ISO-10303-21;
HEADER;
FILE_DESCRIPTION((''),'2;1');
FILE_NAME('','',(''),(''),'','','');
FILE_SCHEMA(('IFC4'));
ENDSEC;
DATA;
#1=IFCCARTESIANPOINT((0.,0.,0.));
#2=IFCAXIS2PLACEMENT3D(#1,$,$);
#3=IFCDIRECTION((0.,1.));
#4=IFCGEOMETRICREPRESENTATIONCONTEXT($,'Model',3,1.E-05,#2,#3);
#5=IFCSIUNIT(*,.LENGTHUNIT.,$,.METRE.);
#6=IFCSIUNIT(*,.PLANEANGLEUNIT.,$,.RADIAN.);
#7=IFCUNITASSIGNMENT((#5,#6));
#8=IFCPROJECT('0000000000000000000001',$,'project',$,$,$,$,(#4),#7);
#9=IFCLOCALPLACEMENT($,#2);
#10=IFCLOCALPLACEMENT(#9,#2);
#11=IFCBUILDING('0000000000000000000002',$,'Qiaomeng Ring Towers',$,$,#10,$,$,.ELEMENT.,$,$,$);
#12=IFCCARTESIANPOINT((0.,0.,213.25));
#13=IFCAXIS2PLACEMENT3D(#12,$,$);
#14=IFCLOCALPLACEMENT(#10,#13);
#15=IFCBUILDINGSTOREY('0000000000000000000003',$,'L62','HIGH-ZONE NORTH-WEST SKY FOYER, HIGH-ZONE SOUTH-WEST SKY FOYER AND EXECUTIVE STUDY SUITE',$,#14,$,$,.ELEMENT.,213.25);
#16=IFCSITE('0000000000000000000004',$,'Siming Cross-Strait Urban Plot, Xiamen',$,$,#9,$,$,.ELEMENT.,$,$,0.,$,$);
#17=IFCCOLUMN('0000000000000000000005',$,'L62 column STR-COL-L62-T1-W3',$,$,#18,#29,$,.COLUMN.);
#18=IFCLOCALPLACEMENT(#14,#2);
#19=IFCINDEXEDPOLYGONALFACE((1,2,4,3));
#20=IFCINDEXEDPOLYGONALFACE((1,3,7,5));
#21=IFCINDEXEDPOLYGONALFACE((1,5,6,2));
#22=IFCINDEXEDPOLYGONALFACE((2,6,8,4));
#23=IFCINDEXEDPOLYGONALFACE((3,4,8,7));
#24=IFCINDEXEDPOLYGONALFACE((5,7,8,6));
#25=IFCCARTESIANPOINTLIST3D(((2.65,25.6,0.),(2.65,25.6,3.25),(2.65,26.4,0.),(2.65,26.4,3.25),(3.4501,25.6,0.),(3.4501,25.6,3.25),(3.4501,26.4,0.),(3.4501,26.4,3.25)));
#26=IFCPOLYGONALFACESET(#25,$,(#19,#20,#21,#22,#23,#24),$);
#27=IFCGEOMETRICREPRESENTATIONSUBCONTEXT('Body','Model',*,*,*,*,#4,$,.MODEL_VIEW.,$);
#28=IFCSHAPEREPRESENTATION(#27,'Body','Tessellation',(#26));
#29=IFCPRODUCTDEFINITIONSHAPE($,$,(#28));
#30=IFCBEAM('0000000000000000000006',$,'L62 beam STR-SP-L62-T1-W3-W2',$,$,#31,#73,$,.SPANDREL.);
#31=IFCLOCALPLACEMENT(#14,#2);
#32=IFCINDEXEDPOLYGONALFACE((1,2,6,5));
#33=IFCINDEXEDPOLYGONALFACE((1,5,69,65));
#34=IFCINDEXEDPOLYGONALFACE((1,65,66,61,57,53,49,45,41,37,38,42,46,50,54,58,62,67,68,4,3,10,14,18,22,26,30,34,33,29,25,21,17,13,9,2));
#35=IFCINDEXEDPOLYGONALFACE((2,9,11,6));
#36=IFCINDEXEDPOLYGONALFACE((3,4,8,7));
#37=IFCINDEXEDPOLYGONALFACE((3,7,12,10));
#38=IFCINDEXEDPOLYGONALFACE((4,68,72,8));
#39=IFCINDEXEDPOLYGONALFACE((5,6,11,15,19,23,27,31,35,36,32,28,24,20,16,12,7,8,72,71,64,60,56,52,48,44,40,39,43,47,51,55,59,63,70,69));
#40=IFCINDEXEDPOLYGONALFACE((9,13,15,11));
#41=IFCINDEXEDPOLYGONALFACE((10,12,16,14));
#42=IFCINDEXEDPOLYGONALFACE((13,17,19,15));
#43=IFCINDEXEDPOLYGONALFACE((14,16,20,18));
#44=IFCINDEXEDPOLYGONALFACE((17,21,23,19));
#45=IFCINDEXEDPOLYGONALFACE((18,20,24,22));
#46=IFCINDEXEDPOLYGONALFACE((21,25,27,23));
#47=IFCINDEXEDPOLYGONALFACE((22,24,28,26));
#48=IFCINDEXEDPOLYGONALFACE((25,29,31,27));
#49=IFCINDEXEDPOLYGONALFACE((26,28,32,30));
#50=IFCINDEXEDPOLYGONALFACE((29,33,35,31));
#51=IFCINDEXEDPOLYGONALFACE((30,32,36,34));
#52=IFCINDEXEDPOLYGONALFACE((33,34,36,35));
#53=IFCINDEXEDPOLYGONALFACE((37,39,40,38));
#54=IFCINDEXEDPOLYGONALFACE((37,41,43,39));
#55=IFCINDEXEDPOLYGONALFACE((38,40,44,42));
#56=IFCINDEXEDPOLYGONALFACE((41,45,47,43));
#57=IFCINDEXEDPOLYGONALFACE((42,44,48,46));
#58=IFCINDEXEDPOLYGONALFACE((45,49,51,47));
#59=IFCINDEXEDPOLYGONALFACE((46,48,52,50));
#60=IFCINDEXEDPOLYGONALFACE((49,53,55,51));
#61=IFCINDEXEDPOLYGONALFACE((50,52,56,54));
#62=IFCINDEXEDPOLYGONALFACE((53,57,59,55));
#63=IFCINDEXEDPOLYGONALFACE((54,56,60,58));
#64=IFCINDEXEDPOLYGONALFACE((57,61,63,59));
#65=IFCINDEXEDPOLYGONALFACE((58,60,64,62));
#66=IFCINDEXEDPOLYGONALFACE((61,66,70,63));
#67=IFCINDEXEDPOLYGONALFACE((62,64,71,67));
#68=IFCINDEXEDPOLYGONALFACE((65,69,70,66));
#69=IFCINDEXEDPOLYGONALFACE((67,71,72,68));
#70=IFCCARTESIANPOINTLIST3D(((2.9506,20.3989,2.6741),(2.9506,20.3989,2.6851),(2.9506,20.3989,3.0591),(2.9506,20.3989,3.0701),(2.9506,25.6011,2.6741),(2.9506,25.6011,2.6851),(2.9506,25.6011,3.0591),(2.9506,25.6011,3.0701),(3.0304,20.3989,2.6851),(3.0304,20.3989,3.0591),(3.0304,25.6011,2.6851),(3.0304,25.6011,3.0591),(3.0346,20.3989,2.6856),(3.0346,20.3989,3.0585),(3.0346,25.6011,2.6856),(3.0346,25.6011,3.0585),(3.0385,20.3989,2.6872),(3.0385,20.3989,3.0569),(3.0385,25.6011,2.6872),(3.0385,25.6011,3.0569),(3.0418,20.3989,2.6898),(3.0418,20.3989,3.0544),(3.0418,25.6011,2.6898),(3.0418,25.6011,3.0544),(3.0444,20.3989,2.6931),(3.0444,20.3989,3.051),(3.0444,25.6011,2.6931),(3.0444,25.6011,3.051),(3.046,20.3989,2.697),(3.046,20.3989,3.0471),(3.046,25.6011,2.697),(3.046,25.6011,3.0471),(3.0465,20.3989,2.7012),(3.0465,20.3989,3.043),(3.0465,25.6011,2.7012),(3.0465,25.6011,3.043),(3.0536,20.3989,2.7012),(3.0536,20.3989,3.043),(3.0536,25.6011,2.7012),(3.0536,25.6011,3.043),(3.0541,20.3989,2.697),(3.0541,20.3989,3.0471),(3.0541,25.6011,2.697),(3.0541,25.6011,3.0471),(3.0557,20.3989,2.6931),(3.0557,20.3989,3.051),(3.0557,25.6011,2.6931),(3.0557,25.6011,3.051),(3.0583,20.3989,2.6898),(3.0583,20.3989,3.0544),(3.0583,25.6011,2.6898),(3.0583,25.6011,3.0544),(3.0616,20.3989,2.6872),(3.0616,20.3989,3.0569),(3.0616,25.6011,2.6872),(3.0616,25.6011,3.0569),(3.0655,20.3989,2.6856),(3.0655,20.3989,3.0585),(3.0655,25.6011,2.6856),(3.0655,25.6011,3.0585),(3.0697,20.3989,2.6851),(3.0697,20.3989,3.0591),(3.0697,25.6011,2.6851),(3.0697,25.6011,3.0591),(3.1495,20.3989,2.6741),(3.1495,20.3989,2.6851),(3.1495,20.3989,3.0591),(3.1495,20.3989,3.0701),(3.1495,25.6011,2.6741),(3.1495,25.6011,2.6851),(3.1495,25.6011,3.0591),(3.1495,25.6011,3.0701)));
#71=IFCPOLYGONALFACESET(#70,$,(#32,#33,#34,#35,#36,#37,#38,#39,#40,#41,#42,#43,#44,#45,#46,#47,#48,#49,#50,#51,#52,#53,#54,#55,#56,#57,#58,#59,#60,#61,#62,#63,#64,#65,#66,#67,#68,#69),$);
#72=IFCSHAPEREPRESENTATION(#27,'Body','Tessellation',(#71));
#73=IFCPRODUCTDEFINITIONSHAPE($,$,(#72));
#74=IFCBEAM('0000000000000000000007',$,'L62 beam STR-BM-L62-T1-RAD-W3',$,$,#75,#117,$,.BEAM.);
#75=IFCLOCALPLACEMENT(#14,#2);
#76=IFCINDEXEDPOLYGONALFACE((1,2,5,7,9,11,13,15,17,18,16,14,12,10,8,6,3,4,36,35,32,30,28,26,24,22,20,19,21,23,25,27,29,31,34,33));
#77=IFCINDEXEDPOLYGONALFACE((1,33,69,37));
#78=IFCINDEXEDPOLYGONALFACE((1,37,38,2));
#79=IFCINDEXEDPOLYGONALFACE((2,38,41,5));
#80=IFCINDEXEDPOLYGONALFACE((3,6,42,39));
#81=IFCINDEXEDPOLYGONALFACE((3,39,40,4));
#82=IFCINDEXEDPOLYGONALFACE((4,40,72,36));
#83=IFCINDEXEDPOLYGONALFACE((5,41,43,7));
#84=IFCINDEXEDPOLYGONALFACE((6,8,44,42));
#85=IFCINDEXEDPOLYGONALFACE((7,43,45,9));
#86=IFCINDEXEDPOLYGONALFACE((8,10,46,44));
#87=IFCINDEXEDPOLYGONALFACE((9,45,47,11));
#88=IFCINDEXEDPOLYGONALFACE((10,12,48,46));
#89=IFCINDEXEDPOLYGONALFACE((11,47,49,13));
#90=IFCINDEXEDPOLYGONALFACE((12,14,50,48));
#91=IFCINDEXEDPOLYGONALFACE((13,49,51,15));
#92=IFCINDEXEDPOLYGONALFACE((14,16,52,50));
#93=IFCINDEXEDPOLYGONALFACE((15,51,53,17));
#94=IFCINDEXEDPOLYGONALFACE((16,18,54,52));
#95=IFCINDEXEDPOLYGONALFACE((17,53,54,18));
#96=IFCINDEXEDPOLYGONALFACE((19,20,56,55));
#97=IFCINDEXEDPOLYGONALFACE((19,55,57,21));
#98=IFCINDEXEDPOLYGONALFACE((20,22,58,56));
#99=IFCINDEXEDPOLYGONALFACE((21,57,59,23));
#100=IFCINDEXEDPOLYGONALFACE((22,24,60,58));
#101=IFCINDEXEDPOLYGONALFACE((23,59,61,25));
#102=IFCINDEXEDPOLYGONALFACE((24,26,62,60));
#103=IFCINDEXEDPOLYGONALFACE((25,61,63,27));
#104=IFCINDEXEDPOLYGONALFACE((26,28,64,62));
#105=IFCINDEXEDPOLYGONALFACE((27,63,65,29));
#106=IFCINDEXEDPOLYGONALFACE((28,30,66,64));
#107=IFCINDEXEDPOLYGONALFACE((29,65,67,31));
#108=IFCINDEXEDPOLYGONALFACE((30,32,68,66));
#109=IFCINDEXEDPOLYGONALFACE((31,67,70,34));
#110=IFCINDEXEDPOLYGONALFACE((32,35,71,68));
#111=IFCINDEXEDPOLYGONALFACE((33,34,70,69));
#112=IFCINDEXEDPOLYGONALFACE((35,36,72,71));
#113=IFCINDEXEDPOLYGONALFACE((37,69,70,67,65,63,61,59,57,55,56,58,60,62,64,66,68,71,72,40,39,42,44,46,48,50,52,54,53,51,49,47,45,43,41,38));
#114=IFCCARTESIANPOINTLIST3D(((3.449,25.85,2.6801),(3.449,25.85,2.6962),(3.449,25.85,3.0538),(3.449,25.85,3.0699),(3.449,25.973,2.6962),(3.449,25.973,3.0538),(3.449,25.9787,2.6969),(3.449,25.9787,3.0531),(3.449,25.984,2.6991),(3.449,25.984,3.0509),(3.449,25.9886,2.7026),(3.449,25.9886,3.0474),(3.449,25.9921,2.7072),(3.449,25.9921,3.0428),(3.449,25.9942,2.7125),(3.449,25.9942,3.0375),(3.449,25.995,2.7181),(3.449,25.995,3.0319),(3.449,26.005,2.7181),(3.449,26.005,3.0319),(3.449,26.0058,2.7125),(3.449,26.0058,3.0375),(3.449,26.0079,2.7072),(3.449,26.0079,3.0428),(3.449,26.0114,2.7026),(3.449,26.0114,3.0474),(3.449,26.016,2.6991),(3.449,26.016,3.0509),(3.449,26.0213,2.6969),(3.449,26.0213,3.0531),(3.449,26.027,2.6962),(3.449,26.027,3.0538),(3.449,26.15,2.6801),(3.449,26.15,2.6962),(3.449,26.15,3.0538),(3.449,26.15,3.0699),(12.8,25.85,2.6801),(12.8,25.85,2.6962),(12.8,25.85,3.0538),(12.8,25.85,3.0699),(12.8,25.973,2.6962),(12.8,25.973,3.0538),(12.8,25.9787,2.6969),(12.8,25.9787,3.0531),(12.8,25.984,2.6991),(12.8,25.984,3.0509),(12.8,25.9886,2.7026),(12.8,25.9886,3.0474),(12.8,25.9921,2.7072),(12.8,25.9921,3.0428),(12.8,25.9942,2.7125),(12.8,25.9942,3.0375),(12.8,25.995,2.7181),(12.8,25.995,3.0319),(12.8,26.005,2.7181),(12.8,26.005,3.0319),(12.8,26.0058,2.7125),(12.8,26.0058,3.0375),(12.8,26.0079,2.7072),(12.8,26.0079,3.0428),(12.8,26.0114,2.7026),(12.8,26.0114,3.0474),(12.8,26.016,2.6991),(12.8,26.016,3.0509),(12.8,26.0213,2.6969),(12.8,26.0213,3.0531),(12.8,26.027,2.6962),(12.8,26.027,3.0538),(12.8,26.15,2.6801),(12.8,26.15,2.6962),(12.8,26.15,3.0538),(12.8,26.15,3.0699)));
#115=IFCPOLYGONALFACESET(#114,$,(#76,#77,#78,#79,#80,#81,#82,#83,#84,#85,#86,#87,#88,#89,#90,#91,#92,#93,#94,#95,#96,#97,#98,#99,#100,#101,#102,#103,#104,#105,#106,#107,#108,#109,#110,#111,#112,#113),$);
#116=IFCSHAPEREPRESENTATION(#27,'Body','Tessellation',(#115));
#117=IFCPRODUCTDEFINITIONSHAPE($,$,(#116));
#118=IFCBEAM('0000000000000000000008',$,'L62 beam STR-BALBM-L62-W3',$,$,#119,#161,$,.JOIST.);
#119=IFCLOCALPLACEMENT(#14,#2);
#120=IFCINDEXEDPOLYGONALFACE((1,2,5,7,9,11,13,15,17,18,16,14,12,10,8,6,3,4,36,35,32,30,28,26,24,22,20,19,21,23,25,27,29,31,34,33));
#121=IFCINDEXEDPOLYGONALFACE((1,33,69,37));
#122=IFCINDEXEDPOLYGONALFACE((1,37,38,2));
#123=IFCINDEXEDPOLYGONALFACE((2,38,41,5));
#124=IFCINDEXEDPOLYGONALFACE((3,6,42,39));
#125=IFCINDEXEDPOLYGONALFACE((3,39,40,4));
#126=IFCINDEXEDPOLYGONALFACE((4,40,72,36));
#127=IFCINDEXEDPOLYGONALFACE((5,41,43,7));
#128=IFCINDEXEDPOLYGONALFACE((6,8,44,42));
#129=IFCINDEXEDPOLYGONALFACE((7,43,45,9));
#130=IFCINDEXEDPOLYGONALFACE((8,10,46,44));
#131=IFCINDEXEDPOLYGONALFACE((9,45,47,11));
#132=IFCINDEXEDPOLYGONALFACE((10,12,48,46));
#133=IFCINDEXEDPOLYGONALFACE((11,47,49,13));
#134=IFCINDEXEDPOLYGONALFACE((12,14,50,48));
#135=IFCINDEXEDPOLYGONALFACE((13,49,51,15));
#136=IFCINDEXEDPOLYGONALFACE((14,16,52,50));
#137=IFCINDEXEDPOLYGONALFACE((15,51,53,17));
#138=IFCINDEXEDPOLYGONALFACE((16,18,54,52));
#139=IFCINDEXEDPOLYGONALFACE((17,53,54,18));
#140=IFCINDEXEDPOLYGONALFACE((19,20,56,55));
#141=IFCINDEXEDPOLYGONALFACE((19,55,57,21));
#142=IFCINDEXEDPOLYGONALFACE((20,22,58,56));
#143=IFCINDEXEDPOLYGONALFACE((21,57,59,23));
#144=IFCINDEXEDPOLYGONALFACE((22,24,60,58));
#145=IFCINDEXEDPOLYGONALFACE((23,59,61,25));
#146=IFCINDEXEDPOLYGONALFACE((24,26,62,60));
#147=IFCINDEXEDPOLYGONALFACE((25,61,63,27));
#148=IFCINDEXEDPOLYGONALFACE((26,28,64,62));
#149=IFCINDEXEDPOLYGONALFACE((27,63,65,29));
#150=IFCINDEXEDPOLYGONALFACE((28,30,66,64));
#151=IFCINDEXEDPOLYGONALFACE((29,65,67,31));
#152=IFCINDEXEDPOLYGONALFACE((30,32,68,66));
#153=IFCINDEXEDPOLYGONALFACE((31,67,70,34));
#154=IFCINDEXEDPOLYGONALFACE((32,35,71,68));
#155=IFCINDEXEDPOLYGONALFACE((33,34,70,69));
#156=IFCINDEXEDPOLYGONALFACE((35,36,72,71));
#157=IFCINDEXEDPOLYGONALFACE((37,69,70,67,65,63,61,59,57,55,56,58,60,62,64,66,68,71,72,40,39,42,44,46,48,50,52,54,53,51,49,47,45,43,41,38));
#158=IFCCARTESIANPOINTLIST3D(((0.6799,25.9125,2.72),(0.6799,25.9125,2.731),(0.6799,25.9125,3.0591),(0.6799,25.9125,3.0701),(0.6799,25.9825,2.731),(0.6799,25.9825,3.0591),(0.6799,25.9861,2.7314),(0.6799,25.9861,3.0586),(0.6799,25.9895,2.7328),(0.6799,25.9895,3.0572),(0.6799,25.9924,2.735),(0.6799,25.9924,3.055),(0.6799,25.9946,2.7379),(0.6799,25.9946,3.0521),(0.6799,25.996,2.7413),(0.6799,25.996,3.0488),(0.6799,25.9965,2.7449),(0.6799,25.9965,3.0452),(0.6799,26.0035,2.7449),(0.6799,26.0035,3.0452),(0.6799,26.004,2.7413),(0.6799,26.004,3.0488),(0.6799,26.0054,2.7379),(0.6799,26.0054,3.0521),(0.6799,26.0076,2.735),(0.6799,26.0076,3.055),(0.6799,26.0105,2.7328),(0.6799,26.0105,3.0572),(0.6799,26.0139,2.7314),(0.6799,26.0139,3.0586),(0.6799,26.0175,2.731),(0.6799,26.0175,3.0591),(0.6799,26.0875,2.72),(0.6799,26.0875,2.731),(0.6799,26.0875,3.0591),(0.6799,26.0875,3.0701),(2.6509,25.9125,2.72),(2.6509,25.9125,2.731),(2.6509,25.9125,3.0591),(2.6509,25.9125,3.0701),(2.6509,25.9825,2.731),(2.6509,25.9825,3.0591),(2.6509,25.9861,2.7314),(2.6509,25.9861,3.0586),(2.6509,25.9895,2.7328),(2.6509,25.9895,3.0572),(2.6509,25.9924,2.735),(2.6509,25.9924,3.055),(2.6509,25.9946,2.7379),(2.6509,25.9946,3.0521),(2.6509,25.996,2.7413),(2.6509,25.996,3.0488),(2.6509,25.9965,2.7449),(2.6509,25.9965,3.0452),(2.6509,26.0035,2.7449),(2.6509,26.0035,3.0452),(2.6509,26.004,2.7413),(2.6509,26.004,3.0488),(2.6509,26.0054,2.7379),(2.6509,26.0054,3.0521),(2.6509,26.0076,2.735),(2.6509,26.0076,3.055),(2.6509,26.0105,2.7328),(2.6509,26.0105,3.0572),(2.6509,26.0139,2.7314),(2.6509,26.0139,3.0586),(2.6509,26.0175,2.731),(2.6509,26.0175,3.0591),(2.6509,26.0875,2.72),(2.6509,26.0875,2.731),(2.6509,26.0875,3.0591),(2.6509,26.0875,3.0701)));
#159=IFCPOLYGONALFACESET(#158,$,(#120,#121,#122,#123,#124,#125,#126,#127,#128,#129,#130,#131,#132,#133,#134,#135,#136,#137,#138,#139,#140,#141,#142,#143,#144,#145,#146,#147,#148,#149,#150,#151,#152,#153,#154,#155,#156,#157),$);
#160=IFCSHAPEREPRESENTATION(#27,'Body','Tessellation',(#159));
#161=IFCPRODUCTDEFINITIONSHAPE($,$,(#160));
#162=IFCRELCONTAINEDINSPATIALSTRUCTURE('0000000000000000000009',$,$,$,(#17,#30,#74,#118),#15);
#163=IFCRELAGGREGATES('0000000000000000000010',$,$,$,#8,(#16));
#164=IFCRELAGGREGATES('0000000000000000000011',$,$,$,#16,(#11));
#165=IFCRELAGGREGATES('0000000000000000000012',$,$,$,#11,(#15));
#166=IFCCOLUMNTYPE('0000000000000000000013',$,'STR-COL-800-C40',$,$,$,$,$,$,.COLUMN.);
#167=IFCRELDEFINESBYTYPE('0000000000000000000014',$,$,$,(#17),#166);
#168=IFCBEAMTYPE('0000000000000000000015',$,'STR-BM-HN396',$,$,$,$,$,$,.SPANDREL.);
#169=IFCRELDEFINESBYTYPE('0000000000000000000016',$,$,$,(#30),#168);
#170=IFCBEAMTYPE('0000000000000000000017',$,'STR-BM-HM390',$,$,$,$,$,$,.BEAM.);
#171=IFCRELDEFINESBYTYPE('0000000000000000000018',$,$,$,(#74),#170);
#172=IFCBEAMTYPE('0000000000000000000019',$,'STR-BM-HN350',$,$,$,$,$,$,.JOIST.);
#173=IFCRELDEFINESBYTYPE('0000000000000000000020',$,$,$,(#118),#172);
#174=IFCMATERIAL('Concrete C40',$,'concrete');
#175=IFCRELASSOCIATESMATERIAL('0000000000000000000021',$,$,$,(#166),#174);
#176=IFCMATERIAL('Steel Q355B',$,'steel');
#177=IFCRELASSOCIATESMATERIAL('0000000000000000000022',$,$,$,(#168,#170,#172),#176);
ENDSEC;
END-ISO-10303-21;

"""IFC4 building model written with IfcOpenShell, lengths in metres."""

from ifc_helpers import new_model, si_unit, direction, frame, origin, origin_2d, place, context, subcontext, project, spatial, rectangle, i_section, extrude, source, transform, mapped, material, material_profile, profile_set, type_object, element, save


model = new_model("IFC4")

# Units and contexts
model_context = context("Model", 3, precision=1e-05, world=origin(), true_north=direction((0.0, 1.0)))
body_context = subcontext(model_context, "Body", "Model", "MODEL_VIEW")
ifc_project = project(units=[si_unit("LENGTHUNIT", "METRE"), si_unit("PLANEANGLEUNIT", "RADIAN")], contexts=[model_context])

# Site, building, storey
site_placement = place(None, origin())
site = spatial("IfcSite", under=ifc_project, at=site_placement, Name="Siming Cross-Strait Urban Plot, Xiamen", CompositionType="ELEMENT", RefElevation=0.0)
building_placement = place(site_placement, origin())
building = spatial("IfcBuilding", under=site, at=building_placement, Name="Qiaomeng Ring Towers", CompositionType="ELEMENT")
storey_placement = place(building_placement, frame((0.0, 0.0, 213.25)))
storey = spatial("IfcBuildingStorey", under=building, at=storey_placement, Name="L62", Description="HIGH-ZONE NORTH-WEST SKY FOYER, HIGH-ZONE SOUTH-WEST SKY FOYER AND EXECUTIVE STUDY SUITE", CompositionType="ELEMENT", Elevation=213.25)

# Column
ifc_material_1 = material(Name="Concrete C40", Category="concrete")
ifc_material_profile_1 = material_profile(ifc_material_1, rectangle(XDim=0.8, YDim=0.8, at=origin_2d()), Name="RC COL 800x800")
ifc_profile_set_1 = profile_set([ifc_material_profile_1], Name="Concrete C40")
column_type = type_object("IfcColumnType", Name="STR-COL-800-C40", PredefinedType="COLUMN", material=ifc_profile_set_1)
shared_shape_1 = source(origin(), body_context, "Body", "SweptSolid", [
    extrude(rectangle(XDim=0.8, YDim=0.8, at=origin_2d()), origin(), (0.0, 0.0, 1.0), 3.25),
])
column_placement = place(storey_placement, frame((3.05, 26.0, 0.0), z_axis=(0.0, 0.0, 1.0), x_axis=(1.0, 0.0, 0.0)))
element("IfcColumn", 1, at=column_placement, inside=storey, type_object=column_type, Name="L62 column STR-COL-L62-T1-W3", PredefinedType="COLUMN", context=body_context, shape_type="MappedRepresentation", body=[
    mapped(shared_shape_1, transform((0.0, 0.0, 0.0), x_axis=(1.0, 0.0, 0.0), y_axis=(0.0, 1.0, 0.0), z_axis=(0.0, 0.0, 1.0), scale=1.0)),
])

# Beams
ifc_material_2 = material(Name="Steel Q355B", Category="steel")
ifc_material_profile_2 = material_profile(ifc_material_2, i_section(OverallWidth=0.199, OverallDepth=0.396, WebThickness=0.0071, FlangeThickness=0.011, FilletRadius=0.0161, at=origin_2d()), Name="HN 396x199x7x11")
ifc_profile_set_2 = profile_set([ifc_material_profile_2], Name="Steel Q355B")
beam_type_1 = type_object("IfcBeamType", Name="STR-BM-HN396", PredefinedType="SPANDREL", material=ifc_profile_set_2)
shared_shape_2 = source(origin(), body_context, "Body", "SweptSolid", [
    extrude(i_section(OverallWidth=0.199, OverallDepth=0.396, WebThickness=0.0071, FlangeThickness=0.011, FilletRadius=0.0161, at=origin_2d()), origin(), (0.0, 0.0, 1.0), 5.2021),
])
beam_1_placement = place(storey_placement, frame((3.05, 25.6011, 2.8721), z_axis=(0.0, -1.0, 0.0), x_axis=(1.0, 0.0, 0.0)))
element("IfcBeam", 2, at=beam_1_placement, inside=storey, type_object=beam_type_1, Name="L62 beam STR-SP-L62-T1-W3-W2", PredefinedType="SPANDREL", context=body_context, shape_type="MappedRepresentation", body=[
    mapped(shared_shape_2, transform((0.0, 0.0, 0.0), x_axis=(1.0, 0.0, 0.0), y_axis=(0.0, 1.0, 0.0), z_axis=(0.0, 0.0, 1.0), scale=1.0)),
])
ifc_material_profile_3 = material_profile(ifc_material_2, i_section(OverallWidth=0.3, OverallDepth=0.3899, WebThickness=0.01, FlangeThickness=0.0161, FilletRadius=0.022, at=origin_2d()), Name="HM 390x300x10x16")
ifc_profile_set_3 = profile_set([ifc_material_profile_3], Name="Steel Q355B")
beam_type_2 = type_object("IfcBeamType", Name="STR-BM-HM390", PredefinedType="BEAM", material=ifc_profile_set_3)
shared_shape_3 = source(origin(), body_context, "Body", "SweptSolid", [
    extrude(i_section(OverallWidth=0.3, OverallDepth=0.3899, WebThickness=0.01, FlangeThickness=0.0161, FilletRadius=0.022, at=origin_2d()), origin(), (0.0, 0.0, 1.0), 9.3511),
])
beam_2_placement = place(storey_placement, frame((3.449, 26.0, 2.875), z_axis=(1.0, 0.0, 0.0), x_axis=(0.0, 1.0, 0.0)))
element("IfcBeam", 3, at=beam_2_placement, inside=storey, type_object=beam_type_2, Name="L62 beam STR-BM-L62-T1-RAD-W3", PredefinedType="BEAM", context=body_context, shape_type="MappedRepresentation", body=[
    mapped(shared_shape_3, transform((0.0, 0.0, 0.0), x_axis=(1.0, 0.0, 0.0), y_axis=(0.0, 1.0, 0.0), z_axis=(0.0, 0.0, 1.0), scale=1.0)),
])
ifc_material_profile_4 = material_profile(ifc_material_2, i_section(OverallWidth=0.175, OverallDepth=0.3501, WebThickness=0.0071, FlangeThickness=0.011, FilletRadius=0.0139, at=origin_2d()), Name="HN 350x175x7x11")
ifc_profile_set_4 = profile_set([ifc_material_profile_4], Name="Steel Q355B")
beam_type_3 = type_object("IfcBeamType", Name="STR-BM-HN350", PredefinedType="JOIST", material=ifc_profile_set_4)
shared_shape_4 = source(origin(), body_context, "Body", "SweptSolid", [
    extrude(i_section(OverallWidth=0.175, OverallDepth=0.3501, WebThickness=0.0071, FlangeThickness=0.011, FilletRadius=0.0139, at=origin_2d()), origin(), (0.0, 0.0, 1.0), 1.9709),
])
beam_3_placement = place(storey_placement, frame((0.6799, 26.0, 2.895), z_axis=(1.0, 0.0, 0.0), x_axis=(0.0, 1.0, 0.0)))
element("IfcBeam", 4, at=beam_3_placement, inside=storey, type_object=beam_type_3, Name="L62 beam STR-BALBM-L62-W3", PredefinedType="JOIST", context=body_context, shape_type="MappedRepresentation", body=[
    mapped(shared_shape_4, transform((0.0, 0.0, 0.0), x_axis=(1.0, 0.0, 0.0), y_axis=(0.0, 1.0, 0.0), z_axis=(0.0, 0.0, 1.0), scale=1.0)),
])

save(model, "model.ifc")
